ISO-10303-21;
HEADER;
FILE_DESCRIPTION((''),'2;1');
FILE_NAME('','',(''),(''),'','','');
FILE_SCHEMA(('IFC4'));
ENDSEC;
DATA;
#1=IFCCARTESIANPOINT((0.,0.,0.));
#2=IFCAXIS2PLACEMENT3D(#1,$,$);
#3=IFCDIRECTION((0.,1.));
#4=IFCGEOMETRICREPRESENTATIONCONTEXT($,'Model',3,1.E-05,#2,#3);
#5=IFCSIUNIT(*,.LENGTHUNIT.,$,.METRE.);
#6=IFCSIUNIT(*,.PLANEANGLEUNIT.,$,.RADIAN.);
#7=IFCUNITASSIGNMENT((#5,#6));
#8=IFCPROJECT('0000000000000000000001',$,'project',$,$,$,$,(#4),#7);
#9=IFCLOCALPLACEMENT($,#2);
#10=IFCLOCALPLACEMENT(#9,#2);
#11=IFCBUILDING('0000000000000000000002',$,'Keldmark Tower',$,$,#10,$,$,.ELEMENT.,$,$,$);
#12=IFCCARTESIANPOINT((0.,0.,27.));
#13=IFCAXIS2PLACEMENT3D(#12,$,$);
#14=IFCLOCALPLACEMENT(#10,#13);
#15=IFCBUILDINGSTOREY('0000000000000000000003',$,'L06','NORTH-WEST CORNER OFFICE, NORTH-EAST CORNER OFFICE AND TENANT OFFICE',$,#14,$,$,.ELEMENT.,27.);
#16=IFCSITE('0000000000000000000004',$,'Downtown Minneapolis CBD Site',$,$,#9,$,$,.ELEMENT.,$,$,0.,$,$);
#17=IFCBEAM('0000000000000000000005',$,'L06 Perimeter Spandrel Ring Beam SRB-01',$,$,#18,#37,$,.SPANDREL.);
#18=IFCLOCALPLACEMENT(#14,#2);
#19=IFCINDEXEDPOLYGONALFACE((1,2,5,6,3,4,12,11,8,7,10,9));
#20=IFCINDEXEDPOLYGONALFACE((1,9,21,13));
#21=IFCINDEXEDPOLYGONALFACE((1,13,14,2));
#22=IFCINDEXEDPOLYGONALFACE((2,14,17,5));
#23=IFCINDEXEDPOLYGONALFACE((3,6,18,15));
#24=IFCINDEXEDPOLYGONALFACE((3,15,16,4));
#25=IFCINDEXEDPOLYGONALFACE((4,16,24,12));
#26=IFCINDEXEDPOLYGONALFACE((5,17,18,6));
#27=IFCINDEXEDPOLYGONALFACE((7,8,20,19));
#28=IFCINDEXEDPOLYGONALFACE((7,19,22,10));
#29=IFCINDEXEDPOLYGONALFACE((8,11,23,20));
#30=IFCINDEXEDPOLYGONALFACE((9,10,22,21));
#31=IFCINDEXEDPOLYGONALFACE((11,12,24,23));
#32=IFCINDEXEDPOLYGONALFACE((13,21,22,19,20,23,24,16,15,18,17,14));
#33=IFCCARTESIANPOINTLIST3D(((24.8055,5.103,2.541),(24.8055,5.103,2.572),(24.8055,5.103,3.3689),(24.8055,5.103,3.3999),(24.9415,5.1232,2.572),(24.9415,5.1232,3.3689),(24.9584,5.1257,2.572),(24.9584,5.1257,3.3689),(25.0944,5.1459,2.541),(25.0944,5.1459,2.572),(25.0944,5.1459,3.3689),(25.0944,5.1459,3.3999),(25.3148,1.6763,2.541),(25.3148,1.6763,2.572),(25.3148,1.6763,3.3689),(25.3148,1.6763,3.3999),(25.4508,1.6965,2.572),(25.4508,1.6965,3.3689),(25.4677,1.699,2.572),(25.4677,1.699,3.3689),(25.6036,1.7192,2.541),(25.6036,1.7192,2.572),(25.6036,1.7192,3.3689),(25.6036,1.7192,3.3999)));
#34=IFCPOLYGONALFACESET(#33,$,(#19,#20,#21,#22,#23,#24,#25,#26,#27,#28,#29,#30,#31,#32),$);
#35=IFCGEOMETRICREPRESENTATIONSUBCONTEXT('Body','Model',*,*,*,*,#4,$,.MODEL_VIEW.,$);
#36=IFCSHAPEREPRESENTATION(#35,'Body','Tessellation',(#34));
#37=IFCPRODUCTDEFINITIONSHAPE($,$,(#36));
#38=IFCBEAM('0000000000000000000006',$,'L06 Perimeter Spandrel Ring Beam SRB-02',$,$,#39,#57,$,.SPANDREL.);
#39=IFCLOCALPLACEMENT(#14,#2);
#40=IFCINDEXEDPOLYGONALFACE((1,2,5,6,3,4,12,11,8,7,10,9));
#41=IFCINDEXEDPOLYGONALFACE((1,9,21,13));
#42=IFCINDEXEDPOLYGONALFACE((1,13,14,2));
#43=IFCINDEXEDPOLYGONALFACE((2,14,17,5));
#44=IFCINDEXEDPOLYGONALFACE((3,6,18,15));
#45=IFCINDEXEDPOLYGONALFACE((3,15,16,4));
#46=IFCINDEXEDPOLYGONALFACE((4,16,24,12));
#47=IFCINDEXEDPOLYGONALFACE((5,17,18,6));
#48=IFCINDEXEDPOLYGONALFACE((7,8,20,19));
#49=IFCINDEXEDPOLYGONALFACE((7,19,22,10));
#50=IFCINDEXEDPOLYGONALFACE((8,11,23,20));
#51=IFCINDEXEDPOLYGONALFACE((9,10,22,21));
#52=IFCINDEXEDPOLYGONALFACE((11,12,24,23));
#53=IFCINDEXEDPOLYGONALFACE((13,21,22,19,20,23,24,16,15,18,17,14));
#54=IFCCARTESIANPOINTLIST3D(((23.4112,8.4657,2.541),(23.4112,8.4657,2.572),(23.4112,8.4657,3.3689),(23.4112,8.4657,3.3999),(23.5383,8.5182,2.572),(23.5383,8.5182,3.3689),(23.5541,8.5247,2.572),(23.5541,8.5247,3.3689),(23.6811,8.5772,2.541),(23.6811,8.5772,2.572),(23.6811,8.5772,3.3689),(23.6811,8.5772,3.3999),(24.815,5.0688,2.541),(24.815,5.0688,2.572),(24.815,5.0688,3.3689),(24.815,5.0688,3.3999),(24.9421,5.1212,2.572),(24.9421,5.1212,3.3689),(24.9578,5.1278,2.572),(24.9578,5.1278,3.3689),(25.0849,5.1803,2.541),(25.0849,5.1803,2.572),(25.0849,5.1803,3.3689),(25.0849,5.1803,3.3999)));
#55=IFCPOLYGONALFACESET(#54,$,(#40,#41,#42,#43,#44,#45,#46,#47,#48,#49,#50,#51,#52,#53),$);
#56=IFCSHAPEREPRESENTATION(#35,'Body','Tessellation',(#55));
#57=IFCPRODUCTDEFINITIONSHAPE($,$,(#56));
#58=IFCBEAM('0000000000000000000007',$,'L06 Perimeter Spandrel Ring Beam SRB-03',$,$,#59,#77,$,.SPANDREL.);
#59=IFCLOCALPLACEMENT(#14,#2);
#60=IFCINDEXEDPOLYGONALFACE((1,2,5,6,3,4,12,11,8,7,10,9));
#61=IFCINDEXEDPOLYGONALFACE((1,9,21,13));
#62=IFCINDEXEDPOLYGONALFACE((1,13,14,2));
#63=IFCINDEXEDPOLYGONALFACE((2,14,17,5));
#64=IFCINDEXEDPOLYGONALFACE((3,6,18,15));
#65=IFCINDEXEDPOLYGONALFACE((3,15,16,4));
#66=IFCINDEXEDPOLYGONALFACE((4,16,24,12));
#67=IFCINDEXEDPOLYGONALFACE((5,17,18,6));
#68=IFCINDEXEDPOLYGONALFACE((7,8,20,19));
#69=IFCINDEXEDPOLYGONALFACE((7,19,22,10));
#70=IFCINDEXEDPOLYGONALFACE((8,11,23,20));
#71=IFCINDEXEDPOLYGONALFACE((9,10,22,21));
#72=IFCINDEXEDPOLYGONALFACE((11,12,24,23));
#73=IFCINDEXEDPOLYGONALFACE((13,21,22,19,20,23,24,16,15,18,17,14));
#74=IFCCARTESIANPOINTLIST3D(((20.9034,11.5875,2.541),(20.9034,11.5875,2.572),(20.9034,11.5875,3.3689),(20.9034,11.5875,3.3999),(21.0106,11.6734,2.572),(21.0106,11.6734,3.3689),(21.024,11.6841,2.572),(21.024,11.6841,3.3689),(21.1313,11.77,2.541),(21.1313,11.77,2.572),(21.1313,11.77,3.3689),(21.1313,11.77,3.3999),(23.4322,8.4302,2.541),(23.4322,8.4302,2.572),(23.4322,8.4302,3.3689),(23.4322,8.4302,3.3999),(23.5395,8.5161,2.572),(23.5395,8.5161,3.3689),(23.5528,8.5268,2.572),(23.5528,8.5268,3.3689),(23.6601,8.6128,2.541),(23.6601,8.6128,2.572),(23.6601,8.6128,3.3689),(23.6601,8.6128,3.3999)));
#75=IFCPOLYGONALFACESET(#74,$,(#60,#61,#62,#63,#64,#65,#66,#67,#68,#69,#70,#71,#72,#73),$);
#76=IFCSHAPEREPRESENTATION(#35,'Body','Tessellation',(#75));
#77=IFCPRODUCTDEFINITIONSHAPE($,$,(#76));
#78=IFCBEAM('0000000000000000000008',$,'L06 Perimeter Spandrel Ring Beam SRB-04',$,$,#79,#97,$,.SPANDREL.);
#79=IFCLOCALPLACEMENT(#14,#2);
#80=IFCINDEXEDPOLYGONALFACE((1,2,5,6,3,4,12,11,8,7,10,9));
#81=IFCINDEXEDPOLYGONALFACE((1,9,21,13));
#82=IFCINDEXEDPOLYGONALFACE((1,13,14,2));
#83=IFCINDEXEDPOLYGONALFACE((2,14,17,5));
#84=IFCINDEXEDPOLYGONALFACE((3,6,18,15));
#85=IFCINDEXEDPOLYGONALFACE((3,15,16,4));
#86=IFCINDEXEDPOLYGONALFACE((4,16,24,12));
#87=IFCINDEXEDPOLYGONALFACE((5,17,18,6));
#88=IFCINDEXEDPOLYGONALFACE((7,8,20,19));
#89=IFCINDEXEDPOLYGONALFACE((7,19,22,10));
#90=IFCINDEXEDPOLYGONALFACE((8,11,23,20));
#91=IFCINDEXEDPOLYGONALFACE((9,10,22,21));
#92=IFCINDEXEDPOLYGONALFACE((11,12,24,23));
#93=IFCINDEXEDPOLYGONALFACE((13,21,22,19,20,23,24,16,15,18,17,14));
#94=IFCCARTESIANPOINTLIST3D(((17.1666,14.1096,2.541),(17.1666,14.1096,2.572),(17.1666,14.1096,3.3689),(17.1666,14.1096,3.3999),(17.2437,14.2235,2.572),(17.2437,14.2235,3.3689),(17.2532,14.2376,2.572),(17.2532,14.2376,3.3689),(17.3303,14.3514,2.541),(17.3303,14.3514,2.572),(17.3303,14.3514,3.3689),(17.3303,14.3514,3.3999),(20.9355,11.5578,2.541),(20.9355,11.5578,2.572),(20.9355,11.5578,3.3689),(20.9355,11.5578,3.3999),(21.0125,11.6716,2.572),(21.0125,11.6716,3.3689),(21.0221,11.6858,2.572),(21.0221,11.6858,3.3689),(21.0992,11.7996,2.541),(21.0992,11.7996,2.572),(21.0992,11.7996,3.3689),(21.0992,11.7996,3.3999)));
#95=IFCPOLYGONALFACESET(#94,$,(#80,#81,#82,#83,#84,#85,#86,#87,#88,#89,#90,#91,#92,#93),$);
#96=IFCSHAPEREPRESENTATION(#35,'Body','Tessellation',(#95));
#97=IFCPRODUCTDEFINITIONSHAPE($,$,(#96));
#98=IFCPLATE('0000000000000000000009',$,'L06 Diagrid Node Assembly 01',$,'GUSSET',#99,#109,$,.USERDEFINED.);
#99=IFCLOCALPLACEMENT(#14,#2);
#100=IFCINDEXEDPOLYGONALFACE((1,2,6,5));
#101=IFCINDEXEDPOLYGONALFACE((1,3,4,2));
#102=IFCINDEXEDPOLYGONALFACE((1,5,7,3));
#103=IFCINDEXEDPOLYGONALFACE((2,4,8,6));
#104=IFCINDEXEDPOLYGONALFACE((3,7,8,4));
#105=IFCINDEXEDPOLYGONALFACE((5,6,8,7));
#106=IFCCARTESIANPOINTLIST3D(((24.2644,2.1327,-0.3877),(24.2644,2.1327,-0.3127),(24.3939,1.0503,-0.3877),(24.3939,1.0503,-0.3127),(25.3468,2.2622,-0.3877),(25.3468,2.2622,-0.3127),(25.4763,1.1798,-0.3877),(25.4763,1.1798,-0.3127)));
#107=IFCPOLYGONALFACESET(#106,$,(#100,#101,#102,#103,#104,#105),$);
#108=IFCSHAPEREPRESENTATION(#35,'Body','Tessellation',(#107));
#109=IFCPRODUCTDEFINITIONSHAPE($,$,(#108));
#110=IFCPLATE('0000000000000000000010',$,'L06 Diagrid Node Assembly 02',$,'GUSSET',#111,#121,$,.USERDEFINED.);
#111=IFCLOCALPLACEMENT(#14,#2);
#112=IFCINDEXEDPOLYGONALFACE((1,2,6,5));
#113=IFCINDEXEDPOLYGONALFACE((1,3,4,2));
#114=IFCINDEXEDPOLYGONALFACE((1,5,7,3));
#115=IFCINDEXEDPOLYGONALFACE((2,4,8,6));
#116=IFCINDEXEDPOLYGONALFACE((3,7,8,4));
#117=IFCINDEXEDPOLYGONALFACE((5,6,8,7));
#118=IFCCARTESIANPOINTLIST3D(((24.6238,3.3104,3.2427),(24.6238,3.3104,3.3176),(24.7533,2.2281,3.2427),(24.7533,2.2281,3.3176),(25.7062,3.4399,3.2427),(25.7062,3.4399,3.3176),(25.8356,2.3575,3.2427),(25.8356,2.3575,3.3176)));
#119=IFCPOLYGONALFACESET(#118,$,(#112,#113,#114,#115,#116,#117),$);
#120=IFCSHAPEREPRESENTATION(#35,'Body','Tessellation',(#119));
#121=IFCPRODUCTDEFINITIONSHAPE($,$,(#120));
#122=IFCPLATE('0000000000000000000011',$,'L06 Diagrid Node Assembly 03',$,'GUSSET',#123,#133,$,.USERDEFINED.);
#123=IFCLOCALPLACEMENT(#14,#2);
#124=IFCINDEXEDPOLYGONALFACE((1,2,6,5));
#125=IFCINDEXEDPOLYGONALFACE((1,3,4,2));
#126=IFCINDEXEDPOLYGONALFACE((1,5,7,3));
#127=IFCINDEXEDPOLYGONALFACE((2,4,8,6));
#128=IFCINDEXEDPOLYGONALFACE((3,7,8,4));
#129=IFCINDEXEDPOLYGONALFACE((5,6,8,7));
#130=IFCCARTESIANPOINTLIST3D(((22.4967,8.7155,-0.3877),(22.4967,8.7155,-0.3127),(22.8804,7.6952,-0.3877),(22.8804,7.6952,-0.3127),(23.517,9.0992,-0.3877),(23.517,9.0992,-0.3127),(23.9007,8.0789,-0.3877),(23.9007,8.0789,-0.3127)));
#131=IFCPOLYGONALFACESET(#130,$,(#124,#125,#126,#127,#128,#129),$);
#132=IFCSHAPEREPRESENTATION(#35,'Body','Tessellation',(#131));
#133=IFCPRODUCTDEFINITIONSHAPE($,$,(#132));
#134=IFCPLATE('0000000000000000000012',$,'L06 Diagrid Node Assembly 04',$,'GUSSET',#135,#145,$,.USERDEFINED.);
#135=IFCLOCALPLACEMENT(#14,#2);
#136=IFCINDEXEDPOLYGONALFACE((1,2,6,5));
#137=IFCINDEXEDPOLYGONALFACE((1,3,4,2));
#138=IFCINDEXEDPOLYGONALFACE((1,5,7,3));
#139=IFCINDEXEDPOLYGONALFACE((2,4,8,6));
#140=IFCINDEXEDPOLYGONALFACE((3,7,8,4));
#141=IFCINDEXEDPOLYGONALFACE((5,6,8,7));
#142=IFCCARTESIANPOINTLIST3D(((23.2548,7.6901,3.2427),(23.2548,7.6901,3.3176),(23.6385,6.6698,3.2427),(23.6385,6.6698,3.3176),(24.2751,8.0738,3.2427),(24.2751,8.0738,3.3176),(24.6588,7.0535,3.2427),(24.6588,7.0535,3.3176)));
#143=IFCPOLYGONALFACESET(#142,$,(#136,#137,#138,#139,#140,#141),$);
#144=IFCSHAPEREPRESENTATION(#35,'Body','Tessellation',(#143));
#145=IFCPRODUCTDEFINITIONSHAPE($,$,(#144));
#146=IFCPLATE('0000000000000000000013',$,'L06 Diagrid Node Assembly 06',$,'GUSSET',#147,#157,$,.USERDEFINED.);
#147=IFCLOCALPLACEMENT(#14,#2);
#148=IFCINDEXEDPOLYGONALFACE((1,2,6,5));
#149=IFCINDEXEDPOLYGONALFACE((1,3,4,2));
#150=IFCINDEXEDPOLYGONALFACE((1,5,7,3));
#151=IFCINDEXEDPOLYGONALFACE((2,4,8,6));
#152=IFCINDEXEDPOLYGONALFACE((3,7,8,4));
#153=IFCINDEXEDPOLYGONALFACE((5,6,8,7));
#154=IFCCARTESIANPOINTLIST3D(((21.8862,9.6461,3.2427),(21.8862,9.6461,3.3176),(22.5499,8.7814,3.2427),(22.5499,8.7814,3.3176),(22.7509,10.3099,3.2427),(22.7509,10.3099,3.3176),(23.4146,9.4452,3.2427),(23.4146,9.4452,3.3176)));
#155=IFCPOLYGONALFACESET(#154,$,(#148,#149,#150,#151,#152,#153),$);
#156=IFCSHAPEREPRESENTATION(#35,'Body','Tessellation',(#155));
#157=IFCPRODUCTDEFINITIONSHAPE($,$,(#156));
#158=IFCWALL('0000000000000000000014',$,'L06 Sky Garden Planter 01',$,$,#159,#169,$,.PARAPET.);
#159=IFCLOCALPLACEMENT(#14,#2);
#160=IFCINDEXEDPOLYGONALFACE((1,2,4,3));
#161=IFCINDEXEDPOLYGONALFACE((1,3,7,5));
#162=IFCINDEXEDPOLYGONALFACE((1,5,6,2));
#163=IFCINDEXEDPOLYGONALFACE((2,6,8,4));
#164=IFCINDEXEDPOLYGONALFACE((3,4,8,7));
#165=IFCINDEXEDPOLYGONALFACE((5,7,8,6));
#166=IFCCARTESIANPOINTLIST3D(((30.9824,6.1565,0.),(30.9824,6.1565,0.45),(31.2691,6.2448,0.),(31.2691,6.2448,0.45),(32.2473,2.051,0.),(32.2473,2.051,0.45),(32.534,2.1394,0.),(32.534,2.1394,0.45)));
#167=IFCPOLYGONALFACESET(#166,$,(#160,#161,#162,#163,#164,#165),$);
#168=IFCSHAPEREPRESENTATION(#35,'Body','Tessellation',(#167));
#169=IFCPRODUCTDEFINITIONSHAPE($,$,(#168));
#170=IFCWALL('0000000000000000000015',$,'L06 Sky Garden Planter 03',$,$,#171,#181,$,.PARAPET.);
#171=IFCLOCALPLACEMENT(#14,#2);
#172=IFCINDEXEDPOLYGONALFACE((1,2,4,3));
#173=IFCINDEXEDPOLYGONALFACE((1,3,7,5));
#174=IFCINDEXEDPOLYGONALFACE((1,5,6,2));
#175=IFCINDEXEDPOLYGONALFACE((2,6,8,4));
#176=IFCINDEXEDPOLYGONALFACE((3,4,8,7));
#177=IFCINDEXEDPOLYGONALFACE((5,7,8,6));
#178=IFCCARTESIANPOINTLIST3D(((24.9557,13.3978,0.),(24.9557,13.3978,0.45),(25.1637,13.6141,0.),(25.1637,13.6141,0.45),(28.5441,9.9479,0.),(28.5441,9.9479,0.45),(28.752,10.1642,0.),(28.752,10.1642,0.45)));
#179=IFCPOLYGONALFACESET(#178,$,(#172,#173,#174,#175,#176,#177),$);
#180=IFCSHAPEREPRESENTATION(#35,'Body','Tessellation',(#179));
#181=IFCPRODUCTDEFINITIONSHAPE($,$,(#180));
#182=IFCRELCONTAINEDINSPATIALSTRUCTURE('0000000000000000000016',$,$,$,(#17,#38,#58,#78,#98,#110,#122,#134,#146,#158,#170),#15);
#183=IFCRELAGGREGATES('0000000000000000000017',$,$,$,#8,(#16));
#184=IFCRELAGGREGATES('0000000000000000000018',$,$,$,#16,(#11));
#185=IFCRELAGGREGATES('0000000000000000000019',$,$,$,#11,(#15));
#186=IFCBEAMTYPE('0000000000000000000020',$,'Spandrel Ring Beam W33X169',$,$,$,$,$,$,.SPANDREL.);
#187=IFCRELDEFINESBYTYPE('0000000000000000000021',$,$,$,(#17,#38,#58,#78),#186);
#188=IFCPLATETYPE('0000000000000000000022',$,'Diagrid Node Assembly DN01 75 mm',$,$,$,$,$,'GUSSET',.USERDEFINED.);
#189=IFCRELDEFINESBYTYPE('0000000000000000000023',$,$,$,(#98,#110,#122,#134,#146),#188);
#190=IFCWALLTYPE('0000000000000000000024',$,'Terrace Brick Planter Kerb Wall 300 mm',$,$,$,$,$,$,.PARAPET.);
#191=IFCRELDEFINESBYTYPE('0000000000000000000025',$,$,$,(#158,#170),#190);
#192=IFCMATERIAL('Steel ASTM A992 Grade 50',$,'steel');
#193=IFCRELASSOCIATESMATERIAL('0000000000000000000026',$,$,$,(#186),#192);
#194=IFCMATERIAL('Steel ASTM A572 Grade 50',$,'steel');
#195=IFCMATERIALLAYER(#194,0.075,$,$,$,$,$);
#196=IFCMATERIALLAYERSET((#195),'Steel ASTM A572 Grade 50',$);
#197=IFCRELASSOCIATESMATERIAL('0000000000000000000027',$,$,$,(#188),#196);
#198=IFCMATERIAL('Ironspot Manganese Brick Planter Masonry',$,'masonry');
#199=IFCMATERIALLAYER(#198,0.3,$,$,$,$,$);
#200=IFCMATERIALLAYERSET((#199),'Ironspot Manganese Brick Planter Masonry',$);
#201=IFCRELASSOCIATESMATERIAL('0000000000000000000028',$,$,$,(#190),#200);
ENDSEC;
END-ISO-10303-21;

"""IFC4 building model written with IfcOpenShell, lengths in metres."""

from ifc_helpers import new_model, si_unit, direction, frame, frame_2d, origin, origin_2d, place, context, subcontext, project, spatial, rectangle, i_section, extrude, material, layer, layer_set, material_profile, profile_set, type_object, element, save


model = new_model("IFC4")

# Units and contexts
model_context = context("Model", 3, precision=1e-05, world=origin(), true_north=direction((0.0, 1.0)))
body_context = subcontext(model_context, "Body", "Model", "MODEL_VIEW")
ifc_project = project(units=[si_unit("LENGTHUNIT", "METRE"), si_unit("PLANEANGLEUNIT", "RADIAN")], contexts=[model_context])

# Site, building, storey
site_placement = place(None, origin())
site = spatial("IfcSite", under=ifc_project, at=site_placement, Name="Downtown Minneapolis CBD Site", CompositionType="ELEMENT", RefElevation=0.0)
building_placement = place(site_placement, origin())
building = spatial("IfcBuilding", under=site, at=building_placement, Name="Keldmark Tower", CompositionType="ELEMENT")
storey_placement = place(building_placement, frame((0.0, 0.0, 27.0)))
storey = spatial("IfcBuildingStorey", under=building, at=storey_placement, Name="L06", Description="NORTH-WEST CORNER OFFICE, NORTH-EAST CORNER OFFICE AND TENANT OFFICE", CompositionType="ELEMENT", Elevation=27.0)

# Beams
ifc_material_1 = material(Name="Steel ASTM A992 Grade 50", Category="steel")
ifc_material_profile_1 = material_profile(ifc_material_1, i_section(OverallWidth=0.292, OverallDepth=0.8589, WebThickness=0.0171, FlangeThickness=0.031, at=origin_2d()), Name="W33X169")
ifc_profile_set_1 = profile_set([ifc_material_profile_1], Name="Steel ASTM A992 Grade 50")
beam_type_1 = type_object("IfcBeamType", Name="Spandrel Ring Beam W33X169", PredefinedType="SPANDREL", material=ifc_profile_set_1)
beam_1_placement = place(storey_placement, frame((25.4592, 1.6978, 2.9705), z_axis=(-0.147003, 0.989136, 0.0), x_axis=(-0.989136, -0.147003, 0.0)))
element("IfcBeam", 1, at=beam_1_placement, inside=storey, type_object=beam_type_1, Name="L06 Perimeter Spandrel Ring Beam SRB-01", PredefinedType="SPANDREL", context=body_context, shape_type="SweptSolid", body=[
    extrude(i_section(OverallWidth=0.292, OverallDepth=0.8589, WebThickness=0.0171, FlangeThickness=0.031, at=origin_2d()), origin(), (0.0, 0.0, 1.0), 3.4644),
])
beam_2_placement = place(storey_placement, frame((24.95, 5.1245, 2.9705), z_axis=(-0.381925, 0.924193, 0.0), x_axis=(-0.924193, -0.381925, 0.0)))
element("IfcBeam", 2, at=beam_2_placement, inside=storey, type_object=beam_type_1, Name="L06 Perimeter Spandrel Ring Beam SRB-02", PredefinedType="SPANDREL", context=body_context, shape_type="SweptSolid", body=[
    extrude(i_section(OverallWidth=0.292, OverallDepth=0.8589, WebThickness=0.0171, FlangeThickness=0.031, at=origin_2d()), origin(), (0.0, 0.0, 1.0), 3.6755),
])
beam_3_placement = place(storey_placement, frame((23.5461, 8.5215, 2.9705), z_axis=(-0.625151, 0.780504, 0.0), x_axis=(-0.780504, -0.625151, 0.0)))
element("IfcBeam", 3, at=beam_3_placement, inside=storey, type_object=beam_type_1, Name="L06 Perimeter Spandrel Ring Beam SRB-03", PredefinedType="SPANDREL", context=body_context, shape_type="SweptSolid", body=[
    extrude(i_section(OverallWidth=0.292, OverallDepth=0.8589, WebThickness=0.0171, FlangeThickness=0.031, at=origin_2d()), origin(), (0.0, 0.0, 1.0), 4.0452),
])
beam_4_placement = place(storey_placement, frame((21.0173, 11.6787, 2.9705), z_axis=(-0.828051, 0.560652, 0.0), x_axis=(-0.560652, -0.828051, 0.0)))
element("IfcBeam", 4, at=beam_4_placement, inside=storey, type_object=beam_type_1, Name="L06 Perimeter Spandrel Ring Beam SRB-04", PredefinedType="SPANDREL", context=body_context, shape_type="SweptSolid", body=[
    extrude(i_section(OverallWidth=0.292, OverallDepth=0.8589, WebThickness=0.0171, FlangeThickness=0.031, at=origin_2d()), origin(), (0.0, 0.0, 1.0), 4.5515),
])

# Plates
ifc_material_2 = material(Name="Steel ASTM A572 Grade 50", Category="steel")
ifc_layer_1 = layer(ifc_material_2, 0.075)
ifc_layer_set_1 = layer_set([ifc_layer_1], Name="Steel ASTM A572 Grade 50")
plate_type = type_object("IfcPlateType", Name="Diagrid Node Assembly DN01 75 mm", ElementType="GUSSET", PredefinedType="USERDEFINED", material=ifc_layer_set_1)
for number, where, z_axis, x_axis, name in (
    (5, (24.8704, 1.6562, -0.3877), (0.0, 0.0, 1.0), (-0.118751, 0.992924, 0.0), "L06 Diagrid Node Assembly 01"),
    (6, (25.2297, 2.834, 3.2427), (0.0, 0.0, 1.0), (-0.118751, 0.992924, 0.0), "L06 Diagrid Node Assembly 02"),
    (7, (23.1987, 8.3972, -0.3877), (0.0, 0.0, 1.0), (-0.352005, 0.935998, 0.0), "L06 Diagrid Node Assembly 03"),
    (8, (23.9568, 7.3718, 3.2427), (0.0, 0.0, 1.0), (-0.352005, 0.935998, 0.0), "L06 Diagrid Node Assembly 04"),
    (9, (22.6504, 9.5457, 3.2427), (0.0, 0.0, 1.0), (-0.6089, 0.793247, 0.0), "L06 Diagrid Node Assembly 06"),
):
    element("IfcPlate", number, at=place(storey_placement, frame(where, z_axis=z_axis, x_axis=x_axis)), inside=storey, type_object=plate_type, Name=name, ObjectType="GUSSET", PredefinedType="USERDEFINED", context=body_context, shape_type="SweptSolid", body=[
        extrude(rectangle(XDim=1.0901, YDim=1.0901, at=origin_2d()), origin(), (0.0, 0.0, 1.0), 0.075),
    ])

# Walls
ifc_material_3 = material(Name="Ironspot Manganese Brick Planter Masonry", Category="masonry")
ifc_layer_2 = layer(ifc_material_3, 0.3)
ifc_layer_set_2 = layer_set([ifc_layer_2], Name="Ironspot Manganese Brick Planter Masonry")
wall_type_1 = type_object("IfcWallType", Name="Terrace Brick Planter Kerb Wall 300 mm", PredefinedType="PARAPET", material=ifc_layer_set_2)
wall_1_placement = place(storey_placement, frame((32.3906, 2.0952, 0.0), z_axis=(0.0, 0.0, 1.0), x_axis=(-0.294441, 0.95567, 0.0)))
element("IfcWall", 10, at=wall_1_placement, inside=storey, type_object=wall_type_1, Name="L06 Sky Garden Planter 01", PredefinedType="PARAPET", context=body_context, shape_type="SweptSolid", body=[
    extrude(rectangle(XDim=4.2959, YDim=0.3, at=frame_2d((2.1479, 0.0))), origin(), (0.0, 0.0, 1.0), 0.45),
])
wall_2_placement = place(storey_placement, frame((28.6479, 10.0562, 0.0), z_axis=(0.0, 0.0, 1.0), x_axis=(-0.720875, 0.693066, 0.0)))
element("IfcWall", 11, at=wall_2_placement, inside=storey, type_object=wall_type_1, Name="L06 Sky Garden Planter 03", PredefinedType="PARAPET", context=body_context, shape_type="SweptSolid", body=[
    extrude(rectangle(XDim=4.9778, YDim=0.3, at=frame_2d((2.4888, 0.0))), origin(), (0.0, 0.0, 1.0), 0.45),
])

save(model, "model.ifc")
